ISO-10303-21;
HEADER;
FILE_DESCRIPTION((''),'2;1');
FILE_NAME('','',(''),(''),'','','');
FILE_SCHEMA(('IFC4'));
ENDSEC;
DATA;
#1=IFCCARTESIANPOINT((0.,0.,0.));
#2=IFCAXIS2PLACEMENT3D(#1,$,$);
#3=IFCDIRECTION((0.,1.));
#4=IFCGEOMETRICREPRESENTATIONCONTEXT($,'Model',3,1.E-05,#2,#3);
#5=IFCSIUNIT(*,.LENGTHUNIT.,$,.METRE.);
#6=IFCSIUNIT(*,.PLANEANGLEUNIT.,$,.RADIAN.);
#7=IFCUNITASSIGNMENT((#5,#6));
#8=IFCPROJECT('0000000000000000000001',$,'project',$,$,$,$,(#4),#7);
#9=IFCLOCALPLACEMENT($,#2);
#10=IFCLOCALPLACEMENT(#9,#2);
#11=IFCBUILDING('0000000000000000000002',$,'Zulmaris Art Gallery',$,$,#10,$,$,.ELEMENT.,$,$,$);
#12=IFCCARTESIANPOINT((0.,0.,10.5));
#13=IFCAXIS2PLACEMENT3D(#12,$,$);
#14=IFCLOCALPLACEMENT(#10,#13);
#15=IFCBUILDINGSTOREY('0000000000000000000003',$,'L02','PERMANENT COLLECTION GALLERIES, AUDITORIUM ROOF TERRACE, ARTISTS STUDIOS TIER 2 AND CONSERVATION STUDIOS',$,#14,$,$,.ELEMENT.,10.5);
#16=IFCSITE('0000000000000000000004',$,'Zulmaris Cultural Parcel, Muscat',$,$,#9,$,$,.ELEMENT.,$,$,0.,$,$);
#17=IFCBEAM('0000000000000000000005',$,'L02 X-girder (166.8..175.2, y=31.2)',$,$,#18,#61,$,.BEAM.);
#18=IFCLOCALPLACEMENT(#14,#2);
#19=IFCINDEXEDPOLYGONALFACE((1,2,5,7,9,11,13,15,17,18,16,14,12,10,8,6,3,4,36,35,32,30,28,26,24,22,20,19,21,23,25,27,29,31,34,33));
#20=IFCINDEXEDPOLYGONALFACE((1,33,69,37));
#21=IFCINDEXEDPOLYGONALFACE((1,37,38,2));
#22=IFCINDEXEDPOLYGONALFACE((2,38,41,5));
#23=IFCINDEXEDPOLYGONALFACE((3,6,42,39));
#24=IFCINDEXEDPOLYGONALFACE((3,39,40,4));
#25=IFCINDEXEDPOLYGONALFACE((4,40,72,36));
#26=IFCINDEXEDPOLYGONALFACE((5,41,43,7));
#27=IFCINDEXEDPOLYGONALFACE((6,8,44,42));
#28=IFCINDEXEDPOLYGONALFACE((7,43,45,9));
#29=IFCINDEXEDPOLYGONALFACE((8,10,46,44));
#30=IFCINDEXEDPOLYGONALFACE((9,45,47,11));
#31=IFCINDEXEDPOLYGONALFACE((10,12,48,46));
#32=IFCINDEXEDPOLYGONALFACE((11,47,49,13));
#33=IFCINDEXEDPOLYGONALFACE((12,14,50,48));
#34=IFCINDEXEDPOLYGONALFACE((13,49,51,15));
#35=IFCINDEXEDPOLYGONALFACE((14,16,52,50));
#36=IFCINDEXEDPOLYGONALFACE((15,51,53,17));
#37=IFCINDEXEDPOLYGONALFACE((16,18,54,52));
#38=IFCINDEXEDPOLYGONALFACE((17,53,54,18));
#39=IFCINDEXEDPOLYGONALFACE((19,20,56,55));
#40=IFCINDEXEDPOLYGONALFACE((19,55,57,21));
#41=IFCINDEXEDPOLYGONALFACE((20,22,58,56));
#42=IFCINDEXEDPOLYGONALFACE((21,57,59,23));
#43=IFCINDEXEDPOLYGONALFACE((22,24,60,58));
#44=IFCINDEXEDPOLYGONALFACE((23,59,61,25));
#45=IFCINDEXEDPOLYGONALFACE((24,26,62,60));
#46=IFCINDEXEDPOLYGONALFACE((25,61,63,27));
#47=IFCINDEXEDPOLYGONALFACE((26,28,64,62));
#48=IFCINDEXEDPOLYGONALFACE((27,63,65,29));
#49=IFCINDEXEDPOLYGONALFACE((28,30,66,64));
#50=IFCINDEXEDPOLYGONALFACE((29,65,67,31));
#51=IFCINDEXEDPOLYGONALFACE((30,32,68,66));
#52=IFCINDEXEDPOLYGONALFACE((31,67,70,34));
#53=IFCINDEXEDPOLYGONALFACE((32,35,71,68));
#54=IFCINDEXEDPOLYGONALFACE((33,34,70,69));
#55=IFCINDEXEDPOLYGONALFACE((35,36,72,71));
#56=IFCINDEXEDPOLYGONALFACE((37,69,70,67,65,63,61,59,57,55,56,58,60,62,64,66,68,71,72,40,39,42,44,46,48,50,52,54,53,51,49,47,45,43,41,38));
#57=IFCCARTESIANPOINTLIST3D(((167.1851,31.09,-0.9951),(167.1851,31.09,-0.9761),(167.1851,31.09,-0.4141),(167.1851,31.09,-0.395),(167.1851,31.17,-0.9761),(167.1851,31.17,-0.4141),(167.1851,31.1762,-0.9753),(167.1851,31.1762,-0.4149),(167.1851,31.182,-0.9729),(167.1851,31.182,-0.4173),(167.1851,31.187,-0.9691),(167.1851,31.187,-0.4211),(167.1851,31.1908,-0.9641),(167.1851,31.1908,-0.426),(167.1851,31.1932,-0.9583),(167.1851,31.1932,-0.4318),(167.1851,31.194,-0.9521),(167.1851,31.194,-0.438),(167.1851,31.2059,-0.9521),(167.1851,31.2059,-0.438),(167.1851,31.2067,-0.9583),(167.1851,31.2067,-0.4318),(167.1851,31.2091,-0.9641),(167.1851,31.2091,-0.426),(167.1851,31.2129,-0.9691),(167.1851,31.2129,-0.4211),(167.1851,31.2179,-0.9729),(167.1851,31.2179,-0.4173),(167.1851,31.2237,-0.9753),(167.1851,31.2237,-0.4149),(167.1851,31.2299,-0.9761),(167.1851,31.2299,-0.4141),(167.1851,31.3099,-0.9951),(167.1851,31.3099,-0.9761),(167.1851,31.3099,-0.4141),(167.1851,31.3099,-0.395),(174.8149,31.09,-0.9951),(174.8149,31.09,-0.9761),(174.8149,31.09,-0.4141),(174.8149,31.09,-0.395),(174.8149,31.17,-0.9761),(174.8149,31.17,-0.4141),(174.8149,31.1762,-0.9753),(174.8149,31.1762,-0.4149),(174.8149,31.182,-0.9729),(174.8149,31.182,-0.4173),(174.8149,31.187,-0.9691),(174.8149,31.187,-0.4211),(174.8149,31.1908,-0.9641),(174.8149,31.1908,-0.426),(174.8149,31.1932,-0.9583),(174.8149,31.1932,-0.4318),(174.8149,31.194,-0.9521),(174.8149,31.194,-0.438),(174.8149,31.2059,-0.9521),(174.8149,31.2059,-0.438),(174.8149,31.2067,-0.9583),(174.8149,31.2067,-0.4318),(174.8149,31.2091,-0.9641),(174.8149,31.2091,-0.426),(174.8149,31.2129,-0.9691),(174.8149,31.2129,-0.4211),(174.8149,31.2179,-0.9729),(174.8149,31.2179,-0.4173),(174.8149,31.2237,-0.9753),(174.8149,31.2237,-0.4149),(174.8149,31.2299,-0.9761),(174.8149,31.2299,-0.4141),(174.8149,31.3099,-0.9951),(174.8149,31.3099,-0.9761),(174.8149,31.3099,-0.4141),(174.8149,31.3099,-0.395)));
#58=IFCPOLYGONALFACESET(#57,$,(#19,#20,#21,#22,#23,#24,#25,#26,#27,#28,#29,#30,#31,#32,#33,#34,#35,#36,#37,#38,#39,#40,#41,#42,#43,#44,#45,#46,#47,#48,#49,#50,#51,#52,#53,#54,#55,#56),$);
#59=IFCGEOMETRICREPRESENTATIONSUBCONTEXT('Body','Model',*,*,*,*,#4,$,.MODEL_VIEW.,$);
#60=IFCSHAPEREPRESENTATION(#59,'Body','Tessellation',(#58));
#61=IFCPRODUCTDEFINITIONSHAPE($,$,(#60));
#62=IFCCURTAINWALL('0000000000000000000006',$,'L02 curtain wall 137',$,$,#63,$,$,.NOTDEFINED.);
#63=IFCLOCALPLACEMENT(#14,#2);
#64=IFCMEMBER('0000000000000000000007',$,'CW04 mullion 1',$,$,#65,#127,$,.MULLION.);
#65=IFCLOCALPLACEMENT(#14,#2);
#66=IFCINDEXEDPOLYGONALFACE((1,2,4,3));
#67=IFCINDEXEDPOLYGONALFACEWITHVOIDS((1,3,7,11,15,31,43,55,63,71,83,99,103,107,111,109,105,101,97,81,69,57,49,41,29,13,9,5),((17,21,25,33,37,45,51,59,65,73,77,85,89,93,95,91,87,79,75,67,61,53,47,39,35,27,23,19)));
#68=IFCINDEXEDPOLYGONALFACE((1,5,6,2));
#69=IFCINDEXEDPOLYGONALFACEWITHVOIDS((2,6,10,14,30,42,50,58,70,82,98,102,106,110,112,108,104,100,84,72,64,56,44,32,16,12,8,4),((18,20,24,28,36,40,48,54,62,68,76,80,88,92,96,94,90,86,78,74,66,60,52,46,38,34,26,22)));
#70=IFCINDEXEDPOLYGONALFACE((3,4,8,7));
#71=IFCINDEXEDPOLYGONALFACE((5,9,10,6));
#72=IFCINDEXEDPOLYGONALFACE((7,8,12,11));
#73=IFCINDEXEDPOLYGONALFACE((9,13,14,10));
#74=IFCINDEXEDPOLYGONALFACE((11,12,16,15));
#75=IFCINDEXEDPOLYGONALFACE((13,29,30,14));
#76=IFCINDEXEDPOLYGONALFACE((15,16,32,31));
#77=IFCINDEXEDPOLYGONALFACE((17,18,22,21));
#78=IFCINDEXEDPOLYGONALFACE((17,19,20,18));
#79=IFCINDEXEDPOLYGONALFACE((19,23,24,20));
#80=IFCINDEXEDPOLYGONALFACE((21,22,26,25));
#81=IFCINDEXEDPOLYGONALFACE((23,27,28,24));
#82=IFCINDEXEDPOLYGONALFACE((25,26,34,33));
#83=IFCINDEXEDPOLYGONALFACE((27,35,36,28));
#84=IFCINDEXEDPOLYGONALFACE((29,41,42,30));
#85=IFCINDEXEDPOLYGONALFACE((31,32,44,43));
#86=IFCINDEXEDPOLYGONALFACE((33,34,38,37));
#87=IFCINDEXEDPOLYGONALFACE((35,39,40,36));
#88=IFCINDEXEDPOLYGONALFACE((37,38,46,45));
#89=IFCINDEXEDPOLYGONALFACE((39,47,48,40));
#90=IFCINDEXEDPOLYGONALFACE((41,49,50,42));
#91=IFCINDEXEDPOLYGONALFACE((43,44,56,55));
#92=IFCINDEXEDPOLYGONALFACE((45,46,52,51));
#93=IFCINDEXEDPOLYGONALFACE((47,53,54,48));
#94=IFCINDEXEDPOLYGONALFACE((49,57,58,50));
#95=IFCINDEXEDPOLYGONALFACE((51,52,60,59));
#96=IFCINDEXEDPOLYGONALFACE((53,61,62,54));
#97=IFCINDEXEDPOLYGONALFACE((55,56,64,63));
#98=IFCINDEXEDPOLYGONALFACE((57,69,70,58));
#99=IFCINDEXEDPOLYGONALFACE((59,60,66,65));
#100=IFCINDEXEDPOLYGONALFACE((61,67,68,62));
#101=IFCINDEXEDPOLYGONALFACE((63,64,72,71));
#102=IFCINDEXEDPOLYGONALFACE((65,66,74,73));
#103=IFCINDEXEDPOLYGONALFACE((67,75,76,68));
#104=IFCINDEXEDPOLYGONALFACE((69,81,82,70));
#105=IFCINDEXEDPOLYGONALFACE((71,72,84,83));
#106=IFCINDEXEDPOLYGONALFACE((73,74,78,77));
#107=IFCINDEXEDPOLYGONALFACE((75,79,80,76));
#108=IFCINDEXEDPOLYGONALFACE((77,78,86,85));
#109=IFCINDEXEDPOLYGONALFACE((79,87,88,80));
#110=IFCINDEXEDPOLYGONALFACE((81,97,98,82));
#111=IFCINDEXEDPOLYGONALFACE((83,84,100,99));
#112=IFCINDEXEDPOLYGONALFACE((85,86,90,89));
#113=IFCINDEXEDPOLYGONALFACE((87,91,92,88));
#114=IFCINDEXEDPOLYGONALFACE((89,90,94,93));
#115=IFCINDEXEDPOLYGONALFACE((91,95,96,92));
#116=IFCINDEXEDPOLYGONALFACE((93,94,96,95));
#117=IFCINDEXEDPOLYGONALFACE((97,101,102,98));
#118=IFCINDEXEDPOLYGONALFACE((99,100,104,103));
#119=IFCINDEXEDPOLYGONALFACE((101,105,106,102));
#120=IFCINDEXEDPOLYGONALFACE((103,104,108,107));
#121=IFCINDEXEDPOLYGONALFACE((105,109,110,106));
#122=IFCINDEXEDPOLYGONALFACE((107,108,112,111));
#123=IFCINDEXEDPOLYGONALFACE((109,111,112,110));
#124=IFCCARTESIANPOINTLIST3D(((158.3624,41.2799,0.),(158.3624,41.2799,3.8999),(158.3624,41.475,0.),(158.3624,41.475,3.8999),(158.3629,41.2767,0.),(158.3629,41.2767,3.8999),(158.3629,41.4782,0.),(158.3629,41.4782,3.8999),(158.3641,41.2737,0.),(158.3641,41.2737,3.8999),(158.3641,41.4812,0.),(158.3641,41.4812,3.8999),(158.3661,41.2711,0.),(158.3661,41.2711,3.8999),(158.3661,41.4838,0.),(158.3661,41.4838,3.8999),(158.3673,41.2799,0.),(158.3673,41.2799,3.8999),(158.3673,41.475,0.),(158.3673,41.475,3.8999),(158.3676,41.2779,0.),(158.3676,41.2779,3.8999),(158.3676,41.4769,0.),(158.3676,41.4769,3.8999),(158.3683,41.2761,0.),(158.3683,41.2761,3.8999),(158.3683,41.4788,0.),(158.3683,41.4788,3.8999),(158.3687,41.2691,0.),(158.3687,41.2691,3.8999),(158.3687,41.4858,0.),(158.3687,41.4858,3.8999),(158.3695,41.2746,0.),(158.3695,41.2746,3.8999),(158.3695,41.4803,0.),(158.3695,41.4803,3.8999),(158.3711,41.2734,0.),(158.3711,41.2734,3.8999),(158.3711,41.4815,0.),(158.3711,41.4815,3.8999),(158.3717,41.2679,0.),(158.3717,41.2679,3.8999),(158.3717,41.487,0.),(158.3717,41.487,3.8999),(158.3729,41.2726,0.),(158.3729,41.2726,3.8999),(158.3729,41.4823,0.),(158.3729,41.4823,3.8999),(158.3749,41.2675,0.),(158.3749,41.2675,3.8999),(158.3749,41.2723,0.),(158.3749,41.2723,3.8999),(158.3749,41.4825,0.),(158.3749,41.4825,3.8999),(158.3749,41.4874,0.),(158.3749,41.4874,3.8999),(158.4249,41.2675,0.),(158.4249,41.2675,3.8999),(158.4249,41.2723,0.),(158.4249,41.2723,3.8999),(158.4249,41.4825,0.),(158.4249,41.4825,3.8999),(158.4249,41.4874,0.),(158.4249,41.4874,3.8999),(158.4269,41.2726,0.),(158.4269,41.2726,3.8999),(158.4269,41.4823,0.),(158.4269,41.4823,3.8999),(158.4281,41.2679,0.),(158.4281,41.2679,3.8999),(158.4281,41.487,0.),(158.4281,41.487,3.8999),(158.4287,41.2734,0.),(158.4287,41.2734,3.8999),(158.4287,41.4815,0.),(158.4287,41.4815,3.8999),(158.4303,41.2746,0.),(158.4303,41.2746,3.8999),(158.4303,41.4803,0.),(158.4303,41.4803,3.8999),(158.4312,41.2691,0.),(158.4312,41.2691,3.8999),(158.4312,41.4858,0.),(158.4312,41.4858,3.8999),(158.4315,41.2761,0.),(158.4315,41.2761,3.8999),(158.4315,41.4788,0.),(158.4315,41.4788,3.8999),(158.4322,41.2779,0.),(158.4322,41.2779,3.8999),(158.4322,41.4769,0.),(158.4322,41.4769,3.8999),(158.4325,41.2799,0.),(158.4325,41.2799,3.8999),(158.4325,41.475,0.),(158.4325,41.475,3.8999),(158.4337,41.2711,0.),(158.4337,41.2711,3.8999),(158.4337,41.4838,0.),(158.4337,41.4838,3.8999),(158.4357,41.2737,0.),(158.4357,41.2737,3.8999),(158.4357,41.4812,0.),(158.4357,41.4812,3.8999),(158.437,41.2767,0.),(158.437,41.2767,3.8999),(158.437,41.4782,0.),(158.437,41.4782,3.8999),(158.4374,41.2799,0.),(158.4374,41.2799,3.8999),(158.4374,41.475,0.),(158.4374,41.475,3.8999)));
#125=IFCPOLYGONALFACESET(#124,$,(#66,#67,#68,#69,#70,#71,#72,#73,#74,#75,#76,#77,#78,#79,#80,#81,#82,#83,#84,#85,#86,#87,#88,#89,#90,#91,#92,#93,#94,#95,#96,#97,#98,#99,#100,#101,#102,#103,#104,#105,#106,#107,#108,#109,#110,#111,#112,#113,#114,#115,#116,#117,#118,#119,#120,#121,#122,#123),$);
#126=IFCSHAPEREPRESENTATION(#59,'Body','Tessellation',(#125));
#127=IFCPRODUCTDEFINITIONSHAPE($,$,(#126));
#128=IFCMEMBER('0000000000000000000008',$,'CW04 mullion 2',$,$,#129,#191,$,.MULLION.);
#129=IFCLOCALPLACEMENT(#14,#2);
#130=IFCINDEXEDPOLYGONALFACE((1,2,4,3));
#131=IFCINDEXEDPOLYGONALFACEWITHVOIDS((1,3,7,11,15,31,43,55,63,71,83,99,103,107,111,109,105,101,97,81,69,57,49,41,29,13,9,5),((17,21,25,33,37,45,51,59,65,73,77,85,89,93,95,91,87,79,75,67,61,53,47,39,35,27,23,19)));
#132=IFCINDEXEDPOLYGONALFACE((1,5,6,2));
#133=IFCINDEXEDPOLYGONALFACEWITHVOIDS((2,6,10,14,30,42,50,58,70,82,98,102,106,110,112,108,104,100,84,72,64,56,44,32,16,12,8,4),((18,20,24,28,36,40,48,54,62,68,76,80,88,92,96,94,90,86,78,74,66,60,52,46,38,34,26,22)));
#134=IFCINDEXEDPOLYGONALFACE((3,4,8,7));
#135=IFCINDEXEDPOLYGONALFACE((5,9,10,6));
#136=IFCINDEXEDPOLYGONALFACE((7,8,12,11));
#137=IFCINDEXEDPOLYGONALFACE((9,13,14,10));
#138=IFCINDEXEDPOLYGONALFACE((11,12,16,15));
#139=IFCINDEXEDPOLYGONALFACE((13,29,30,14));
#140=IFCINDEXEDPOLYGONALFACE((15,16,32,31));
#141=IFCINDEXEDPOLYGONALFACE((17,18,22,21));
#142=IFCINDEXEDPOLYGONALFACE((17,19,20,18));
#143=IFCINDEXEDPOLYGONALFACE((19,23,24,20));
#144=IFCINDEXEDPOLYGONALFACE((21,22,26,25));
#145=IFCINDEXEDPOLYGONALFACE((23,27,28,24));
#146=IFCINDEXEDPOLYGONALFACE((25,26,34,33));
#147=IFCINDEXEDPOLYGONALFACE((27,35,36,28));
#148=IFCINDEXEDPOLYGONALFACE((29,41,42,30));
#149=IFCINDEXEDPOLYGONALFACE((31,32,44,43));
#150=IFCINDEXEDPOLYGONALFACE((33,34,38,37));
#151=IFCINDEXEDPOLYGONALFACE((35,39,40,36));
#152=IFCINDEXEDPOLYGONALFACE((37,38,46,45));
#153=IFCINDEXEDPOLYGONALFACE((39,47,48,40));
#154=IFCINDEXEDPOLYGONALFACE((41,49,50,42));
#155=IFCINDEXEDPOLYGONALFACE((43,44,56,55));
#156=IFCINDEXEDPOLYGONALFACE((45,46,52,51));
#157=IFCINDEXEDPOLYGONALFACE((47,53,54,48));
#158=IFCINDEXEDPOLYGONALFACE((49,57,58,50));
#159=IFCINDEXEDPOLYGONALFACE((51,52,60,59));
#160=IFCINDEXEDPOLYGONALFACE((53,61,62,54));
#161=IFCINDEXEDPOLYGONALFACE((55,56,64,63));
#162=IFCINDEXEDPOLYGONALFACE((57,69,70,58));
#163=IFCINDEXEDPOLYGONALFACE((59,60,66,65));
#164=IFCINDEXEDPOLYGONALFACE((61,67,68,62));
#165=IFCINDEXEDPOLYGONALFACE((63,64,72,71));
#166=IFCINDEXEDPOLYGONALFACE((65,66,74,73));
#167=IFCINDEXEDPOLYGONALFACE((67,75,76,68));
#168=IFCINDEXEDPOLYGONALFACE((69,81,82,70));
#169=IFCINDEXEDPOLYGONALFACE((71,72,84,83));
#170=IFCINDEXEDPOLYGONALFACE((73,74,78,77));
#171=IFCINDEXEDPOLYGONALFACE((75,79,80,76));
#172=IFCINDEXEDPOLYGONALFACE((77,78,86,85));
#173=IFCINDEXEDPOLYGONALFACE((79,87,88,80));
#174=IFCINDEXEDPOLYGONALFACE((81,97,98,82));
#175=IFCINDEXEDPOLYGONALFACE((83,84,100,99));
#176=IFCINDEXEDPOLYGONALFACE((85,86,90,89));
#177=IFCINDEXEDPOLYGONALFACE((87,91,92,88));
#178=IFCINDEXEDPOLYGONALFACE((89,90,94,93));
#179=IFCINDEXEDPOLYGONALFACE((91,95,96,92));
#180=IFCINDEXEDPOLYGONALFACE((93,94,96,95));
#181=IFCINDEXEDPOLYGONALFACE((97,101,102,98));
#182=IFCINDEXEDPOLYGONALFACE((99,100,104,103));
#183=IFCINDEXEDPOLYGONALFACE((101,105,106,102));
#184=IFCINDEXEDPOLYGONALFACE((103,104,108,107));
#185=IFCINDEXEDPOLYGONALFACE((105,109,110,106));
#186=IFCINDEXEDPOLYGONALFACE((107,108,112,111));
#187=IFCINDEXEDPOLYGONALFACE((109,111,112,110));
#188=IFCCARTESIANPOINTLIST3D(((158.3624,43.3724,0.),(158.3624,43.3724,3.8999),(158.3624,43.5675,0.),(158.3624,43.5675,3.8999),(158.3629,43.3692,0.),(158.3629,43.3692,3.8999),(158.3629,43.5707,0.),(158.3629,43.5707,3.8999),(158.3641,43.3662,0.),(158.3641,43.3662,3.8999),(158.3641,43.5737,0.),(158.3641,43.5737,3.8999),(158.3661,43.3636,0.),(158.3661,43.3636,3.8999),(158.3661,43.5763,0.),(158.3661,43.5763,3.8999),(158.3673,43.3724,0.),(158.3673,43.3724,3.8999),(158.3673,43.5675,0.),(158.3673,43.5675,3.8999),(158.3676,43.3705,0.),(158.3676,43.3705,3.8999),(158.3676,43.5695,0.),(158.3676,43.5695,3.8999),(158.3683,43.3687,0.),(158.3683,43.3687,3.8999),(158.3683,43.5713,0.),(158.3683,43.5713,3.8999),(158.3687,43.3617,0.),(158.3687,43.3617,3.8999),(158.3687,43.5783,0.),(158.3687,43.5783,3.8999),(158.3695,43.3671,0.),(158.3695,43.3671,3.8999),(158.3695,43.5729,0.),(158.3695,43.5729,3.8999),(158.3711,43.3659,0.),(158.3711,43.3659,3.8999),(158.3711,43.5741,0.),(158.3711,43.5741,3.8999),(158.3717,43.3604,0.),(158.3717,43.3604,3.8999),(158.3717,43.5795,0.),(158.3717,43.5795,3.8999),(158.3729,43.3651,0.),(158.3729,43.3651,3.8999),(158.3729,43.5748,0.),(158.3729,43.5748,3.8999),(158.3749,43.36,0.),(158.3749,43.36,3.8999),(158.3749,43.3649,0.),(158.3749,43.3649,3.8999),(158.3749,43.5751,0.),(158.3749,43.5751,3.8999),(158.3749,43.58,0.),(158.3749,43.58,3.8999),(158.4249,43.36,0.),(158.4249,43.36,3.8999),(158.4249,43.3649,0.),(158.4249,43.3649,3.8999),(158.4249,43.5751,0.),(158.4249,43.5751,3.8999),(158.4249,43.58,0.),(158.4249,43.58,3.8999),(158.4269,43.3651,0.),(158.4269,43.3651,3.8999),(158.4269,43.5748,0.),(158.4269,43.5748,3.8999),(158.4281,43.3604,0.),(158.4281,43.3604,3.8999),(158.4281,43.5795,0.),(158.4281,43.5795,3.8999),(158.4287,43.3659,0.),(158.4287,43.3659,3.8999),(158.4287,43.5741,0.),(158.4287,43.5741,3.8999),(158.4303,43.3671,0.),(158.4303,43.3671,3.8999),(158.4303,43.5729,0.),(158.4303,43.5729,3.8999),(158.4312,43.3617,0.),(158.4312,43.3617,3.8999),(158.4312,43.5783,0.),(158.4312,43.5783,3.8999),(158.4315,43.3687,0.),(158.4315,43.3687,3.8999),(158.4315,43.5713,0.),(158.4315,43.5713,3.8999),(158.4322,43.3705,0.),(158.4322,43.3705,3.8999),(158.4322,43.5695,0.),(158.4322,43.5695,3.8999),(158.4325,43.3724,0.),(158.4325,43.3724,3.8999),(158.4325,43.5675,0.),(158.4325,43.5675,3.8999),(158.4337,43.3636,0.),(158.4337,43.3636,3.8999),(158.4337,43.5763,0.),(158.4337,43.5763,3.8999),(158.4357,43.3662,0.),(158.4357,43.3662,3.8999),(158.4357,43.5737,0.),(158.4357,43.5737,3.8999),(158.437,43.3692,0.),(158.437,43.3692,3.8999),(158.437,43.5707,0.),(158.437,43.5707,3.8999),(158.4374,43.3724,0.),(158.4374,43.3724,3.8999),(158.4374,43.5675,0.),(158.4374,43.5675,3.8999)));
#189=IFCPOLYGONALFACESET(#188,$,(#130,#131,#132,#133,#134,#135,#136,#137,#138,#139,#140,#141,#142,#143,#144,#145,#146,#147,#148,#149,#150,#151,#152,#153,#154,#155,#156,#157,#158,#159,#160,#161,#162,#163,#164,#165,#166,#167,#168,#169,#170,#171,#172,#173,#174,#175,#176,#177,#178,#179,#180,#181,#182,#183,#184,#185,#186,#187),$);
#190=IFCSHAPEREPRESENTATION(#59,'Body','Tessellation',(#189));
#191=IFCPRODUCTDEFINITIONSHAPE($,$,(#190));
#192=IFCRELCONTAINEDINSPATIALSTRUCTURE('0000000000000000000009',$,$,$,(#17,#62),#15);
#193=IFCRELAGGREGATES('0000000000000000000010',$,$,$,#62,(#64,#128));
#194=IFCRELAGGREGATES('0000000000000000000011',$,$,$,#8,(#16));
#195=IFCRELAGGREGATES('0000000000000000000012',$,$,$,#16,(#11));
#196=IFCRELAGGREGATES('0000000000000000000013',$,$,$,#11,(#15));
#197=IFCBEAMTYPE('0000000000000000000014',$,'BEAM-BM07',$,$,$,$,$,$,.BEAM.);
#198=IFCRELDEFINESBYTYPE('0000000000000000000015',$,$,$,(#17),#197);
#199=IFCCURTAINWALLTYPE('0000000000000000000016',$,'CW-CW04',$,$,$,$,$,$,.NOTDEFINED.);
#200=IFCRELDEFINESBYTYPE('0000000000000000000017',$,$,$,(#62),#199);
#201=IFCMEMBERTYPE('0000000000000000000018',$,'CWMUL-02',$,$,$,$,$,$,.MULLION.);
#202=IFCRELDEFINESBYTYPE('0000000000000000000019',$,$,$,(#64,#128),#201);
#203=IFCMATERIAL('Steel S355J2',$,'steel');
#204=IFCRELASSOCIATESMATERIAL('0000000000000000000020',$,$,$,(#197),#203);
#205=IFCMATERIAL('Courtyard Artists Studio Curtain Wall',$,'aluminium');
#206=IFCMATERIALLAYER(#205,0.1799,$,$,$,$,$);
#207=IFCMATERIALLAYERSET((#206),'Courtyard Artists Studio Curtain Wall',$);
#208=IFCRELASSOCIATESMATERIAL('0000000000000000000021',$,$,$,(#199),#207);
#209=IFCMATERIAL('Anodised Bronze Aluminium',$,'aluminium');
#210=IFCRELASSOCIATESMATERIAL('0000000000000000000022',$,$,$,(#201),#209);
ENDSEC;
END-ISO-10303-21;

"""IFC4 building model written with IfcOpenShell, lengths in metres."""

from ifc_helpers import new_model, si_unit, direction, frame, origin, origin_2d, place, context, subcontext, project, spatial, hollow_rectangle, i_section, extrude, material, layer, layer_set, material_profile, profile_set, type_object, element, aggregate, save


model = new_model("IFC4")

# Units and contexts
model_context = context("Model", 3, precision=1e-05, world=origin(), true_north=direction((0.0, 1.0)))
body_context = subcontext(model_context, "Body", "Model", "MODEL_VIEW")
ifc_project = project(units=[si_unit("LENGTHUNIT", "METRE"), si_unit("PLANEANGLEUNIT", "RADIAN")], contexts=[model_context])

# Site, building, storey
site_placement = place(None, origin())
site = spatial("IfcSite", under=ifc_project, at=site_placement, Name="Zulmaris Cultural Parcel, Muscat", CompositionType="ELEMENT", RefElevation=0.0)
building_placement = place(site_placement, origin())
building = spatial("IfcBuilding", under=site, at=building_placement, Name="Zulmaris Art Gallery", CompositionType="ELEMENT")
storey_placement = place(building_placement, frame((0.0, 0.0, 10.5)))
storey = spatial("IfcBuildingStorey", under=building, at=storey_placement, Name="L02", Description="PERMANENT COLLECTION GALLERIES, AUDITORIUM ROOF TERRACE, ARTISTS STUDIOS TIER 2 AND CONSERVATION STUDIOS", CompositionType="ELEMENT", Elevation=10.5)

# Beam
ifc_material_1 = material(Name="Steel S355J2", Category="steel")
ifc_material_profile_1 = material_profile(ifc_material_1, i_section(OverallWidth=0.22, OverallDepth=0.6001, WebThickness=0.012, FlangeThickness=0.019, FilletRadius=0.0239, at=origin_2d()), Name="IPE 600")
ifc_profile_set_1 = profile_set([ifc_material_profile_1], Name="Steel S355J2")
beam_type = type_object("IfcBeamType", Name="BEAM-BM07", PredefinedType="BEAM", material=ifc_profile_set_1)
beam_placement = place(storey_placement, frame((167.1851, 31.2, -0.6951), z_axis=(1.0, 0.0, 0.0), x_axis=(0.0, 1.0, 0.0)))
element("IfcBeam", 1, at=beam_placement, inside=storey, type_object=beam_type, Name="L02 X-girder (166.8..175.2, y=31.2)", PredefinedType="BEAM", context=body_context, shape_type="SweptSolid", body=[
    extrude(i_section(OverallWidth=0.22, OverallDepth=0.6001, WebThickness=0.012, FlangeThickness=0.019, FilletRadius=0.0239, at=origin_2d()), origin(), (0.0, 0.0, 1.0), 7.6299),
])

# Curtain wall, members
ifc_material_2 = material(Name="Courtyard Artists Studio Curtain Wall", Category="aluminium")
ifc_layer_1 = layer(ifc_material_2, 0.1799)
ifc_layer_set_1 = layer_set([ifc_layer_1], Name="Courtyard Artists Studio Curtain Wall")
curtain_wall_type = type_object("IfcCurtainWallType", Name="CW-CW04", PredefinedType="NOTDEFINED", material=ifc_layer_set_1)
curtain_wall_1_placement = place(storey_placement, origin())
curtain_wall_1 = element("IfcCurtainWall", 2, at=curtain_wall_1_placement, inside=storey, type_object=curtain_wall_type, Name="L02 curtain wall 137", PredefinedType="NOTDEFINED")
ifc_material_3 = material(Name="Anodised Bronze Aluminium", Category="aluminium")
ifc_material_profile_2 = material_profile(ifc_material_3, hollow_rectangle(XDim=0.075, YDim=0.22, WallThickness=0.0049, InnerFilletRadius=0.0076, OuterFilletRadius=0.0125, at=origin_2d()), Name="ALU 75x220x5")
ifc_profile_set_2 = profile_set([ifc_material_profile_2], Name="Anodised Bronze Aluminium")
member_type_1 = type_object("IfcMemberType", Name="CWMUL-02", PredefinedType="MULLION", material=ifc_profile_set_2)
member_1_placement = place(storey_placement, frame((158.3999, 41.3774, 0.0), z_axis=(0.0, 0.0, 1.0), x_axis=(-1.0, 0.0, 0.0)))
member_1 = element("IfcMember", 3, at=member_1_placement, type_object=member_type_1, Name="CW04 mullion 1", PredefinedType="MULLION", context=body_context, shape_type="SweptSolid", body=[
    extrude(hollow_rectangle(XDim=0.075, YDim=0.22, WallThickness=0.0049, InnerFilletRadius=0.0076, OuterFilletRadius=0.0125, at=origin_2d()), origin(), (0.0, 0.0, 1.0), 3.8999),
])
member_2_placement = place(storey_placement, frame((158.3999, 43.47, 0.0), z_axis=(0.0, 0.0, 1.0), x_axis=(-1.0, 0.0, 0.0)))
member_2 = element("IfcMember", 4, at=member_2_placement, type_object=member_type_1, Name="CW04 mullion 2", PredefinedType="MULLION", context=body_context, shape_type="SweptSolid", body=[
    extrude(hollow_rectangle(XDim=0.075, YDim=0.22, WallThickness=0.0049, InnerFilletRadius=0.0076, OuterFilletRadius=0.0125, at=origin_2d()), origin(), (0.0, 0.0, 1.0), 3.8999),
])

aggregate(curtain_wall_1, [member_1, member_2])

save(model, "model.ifc")
